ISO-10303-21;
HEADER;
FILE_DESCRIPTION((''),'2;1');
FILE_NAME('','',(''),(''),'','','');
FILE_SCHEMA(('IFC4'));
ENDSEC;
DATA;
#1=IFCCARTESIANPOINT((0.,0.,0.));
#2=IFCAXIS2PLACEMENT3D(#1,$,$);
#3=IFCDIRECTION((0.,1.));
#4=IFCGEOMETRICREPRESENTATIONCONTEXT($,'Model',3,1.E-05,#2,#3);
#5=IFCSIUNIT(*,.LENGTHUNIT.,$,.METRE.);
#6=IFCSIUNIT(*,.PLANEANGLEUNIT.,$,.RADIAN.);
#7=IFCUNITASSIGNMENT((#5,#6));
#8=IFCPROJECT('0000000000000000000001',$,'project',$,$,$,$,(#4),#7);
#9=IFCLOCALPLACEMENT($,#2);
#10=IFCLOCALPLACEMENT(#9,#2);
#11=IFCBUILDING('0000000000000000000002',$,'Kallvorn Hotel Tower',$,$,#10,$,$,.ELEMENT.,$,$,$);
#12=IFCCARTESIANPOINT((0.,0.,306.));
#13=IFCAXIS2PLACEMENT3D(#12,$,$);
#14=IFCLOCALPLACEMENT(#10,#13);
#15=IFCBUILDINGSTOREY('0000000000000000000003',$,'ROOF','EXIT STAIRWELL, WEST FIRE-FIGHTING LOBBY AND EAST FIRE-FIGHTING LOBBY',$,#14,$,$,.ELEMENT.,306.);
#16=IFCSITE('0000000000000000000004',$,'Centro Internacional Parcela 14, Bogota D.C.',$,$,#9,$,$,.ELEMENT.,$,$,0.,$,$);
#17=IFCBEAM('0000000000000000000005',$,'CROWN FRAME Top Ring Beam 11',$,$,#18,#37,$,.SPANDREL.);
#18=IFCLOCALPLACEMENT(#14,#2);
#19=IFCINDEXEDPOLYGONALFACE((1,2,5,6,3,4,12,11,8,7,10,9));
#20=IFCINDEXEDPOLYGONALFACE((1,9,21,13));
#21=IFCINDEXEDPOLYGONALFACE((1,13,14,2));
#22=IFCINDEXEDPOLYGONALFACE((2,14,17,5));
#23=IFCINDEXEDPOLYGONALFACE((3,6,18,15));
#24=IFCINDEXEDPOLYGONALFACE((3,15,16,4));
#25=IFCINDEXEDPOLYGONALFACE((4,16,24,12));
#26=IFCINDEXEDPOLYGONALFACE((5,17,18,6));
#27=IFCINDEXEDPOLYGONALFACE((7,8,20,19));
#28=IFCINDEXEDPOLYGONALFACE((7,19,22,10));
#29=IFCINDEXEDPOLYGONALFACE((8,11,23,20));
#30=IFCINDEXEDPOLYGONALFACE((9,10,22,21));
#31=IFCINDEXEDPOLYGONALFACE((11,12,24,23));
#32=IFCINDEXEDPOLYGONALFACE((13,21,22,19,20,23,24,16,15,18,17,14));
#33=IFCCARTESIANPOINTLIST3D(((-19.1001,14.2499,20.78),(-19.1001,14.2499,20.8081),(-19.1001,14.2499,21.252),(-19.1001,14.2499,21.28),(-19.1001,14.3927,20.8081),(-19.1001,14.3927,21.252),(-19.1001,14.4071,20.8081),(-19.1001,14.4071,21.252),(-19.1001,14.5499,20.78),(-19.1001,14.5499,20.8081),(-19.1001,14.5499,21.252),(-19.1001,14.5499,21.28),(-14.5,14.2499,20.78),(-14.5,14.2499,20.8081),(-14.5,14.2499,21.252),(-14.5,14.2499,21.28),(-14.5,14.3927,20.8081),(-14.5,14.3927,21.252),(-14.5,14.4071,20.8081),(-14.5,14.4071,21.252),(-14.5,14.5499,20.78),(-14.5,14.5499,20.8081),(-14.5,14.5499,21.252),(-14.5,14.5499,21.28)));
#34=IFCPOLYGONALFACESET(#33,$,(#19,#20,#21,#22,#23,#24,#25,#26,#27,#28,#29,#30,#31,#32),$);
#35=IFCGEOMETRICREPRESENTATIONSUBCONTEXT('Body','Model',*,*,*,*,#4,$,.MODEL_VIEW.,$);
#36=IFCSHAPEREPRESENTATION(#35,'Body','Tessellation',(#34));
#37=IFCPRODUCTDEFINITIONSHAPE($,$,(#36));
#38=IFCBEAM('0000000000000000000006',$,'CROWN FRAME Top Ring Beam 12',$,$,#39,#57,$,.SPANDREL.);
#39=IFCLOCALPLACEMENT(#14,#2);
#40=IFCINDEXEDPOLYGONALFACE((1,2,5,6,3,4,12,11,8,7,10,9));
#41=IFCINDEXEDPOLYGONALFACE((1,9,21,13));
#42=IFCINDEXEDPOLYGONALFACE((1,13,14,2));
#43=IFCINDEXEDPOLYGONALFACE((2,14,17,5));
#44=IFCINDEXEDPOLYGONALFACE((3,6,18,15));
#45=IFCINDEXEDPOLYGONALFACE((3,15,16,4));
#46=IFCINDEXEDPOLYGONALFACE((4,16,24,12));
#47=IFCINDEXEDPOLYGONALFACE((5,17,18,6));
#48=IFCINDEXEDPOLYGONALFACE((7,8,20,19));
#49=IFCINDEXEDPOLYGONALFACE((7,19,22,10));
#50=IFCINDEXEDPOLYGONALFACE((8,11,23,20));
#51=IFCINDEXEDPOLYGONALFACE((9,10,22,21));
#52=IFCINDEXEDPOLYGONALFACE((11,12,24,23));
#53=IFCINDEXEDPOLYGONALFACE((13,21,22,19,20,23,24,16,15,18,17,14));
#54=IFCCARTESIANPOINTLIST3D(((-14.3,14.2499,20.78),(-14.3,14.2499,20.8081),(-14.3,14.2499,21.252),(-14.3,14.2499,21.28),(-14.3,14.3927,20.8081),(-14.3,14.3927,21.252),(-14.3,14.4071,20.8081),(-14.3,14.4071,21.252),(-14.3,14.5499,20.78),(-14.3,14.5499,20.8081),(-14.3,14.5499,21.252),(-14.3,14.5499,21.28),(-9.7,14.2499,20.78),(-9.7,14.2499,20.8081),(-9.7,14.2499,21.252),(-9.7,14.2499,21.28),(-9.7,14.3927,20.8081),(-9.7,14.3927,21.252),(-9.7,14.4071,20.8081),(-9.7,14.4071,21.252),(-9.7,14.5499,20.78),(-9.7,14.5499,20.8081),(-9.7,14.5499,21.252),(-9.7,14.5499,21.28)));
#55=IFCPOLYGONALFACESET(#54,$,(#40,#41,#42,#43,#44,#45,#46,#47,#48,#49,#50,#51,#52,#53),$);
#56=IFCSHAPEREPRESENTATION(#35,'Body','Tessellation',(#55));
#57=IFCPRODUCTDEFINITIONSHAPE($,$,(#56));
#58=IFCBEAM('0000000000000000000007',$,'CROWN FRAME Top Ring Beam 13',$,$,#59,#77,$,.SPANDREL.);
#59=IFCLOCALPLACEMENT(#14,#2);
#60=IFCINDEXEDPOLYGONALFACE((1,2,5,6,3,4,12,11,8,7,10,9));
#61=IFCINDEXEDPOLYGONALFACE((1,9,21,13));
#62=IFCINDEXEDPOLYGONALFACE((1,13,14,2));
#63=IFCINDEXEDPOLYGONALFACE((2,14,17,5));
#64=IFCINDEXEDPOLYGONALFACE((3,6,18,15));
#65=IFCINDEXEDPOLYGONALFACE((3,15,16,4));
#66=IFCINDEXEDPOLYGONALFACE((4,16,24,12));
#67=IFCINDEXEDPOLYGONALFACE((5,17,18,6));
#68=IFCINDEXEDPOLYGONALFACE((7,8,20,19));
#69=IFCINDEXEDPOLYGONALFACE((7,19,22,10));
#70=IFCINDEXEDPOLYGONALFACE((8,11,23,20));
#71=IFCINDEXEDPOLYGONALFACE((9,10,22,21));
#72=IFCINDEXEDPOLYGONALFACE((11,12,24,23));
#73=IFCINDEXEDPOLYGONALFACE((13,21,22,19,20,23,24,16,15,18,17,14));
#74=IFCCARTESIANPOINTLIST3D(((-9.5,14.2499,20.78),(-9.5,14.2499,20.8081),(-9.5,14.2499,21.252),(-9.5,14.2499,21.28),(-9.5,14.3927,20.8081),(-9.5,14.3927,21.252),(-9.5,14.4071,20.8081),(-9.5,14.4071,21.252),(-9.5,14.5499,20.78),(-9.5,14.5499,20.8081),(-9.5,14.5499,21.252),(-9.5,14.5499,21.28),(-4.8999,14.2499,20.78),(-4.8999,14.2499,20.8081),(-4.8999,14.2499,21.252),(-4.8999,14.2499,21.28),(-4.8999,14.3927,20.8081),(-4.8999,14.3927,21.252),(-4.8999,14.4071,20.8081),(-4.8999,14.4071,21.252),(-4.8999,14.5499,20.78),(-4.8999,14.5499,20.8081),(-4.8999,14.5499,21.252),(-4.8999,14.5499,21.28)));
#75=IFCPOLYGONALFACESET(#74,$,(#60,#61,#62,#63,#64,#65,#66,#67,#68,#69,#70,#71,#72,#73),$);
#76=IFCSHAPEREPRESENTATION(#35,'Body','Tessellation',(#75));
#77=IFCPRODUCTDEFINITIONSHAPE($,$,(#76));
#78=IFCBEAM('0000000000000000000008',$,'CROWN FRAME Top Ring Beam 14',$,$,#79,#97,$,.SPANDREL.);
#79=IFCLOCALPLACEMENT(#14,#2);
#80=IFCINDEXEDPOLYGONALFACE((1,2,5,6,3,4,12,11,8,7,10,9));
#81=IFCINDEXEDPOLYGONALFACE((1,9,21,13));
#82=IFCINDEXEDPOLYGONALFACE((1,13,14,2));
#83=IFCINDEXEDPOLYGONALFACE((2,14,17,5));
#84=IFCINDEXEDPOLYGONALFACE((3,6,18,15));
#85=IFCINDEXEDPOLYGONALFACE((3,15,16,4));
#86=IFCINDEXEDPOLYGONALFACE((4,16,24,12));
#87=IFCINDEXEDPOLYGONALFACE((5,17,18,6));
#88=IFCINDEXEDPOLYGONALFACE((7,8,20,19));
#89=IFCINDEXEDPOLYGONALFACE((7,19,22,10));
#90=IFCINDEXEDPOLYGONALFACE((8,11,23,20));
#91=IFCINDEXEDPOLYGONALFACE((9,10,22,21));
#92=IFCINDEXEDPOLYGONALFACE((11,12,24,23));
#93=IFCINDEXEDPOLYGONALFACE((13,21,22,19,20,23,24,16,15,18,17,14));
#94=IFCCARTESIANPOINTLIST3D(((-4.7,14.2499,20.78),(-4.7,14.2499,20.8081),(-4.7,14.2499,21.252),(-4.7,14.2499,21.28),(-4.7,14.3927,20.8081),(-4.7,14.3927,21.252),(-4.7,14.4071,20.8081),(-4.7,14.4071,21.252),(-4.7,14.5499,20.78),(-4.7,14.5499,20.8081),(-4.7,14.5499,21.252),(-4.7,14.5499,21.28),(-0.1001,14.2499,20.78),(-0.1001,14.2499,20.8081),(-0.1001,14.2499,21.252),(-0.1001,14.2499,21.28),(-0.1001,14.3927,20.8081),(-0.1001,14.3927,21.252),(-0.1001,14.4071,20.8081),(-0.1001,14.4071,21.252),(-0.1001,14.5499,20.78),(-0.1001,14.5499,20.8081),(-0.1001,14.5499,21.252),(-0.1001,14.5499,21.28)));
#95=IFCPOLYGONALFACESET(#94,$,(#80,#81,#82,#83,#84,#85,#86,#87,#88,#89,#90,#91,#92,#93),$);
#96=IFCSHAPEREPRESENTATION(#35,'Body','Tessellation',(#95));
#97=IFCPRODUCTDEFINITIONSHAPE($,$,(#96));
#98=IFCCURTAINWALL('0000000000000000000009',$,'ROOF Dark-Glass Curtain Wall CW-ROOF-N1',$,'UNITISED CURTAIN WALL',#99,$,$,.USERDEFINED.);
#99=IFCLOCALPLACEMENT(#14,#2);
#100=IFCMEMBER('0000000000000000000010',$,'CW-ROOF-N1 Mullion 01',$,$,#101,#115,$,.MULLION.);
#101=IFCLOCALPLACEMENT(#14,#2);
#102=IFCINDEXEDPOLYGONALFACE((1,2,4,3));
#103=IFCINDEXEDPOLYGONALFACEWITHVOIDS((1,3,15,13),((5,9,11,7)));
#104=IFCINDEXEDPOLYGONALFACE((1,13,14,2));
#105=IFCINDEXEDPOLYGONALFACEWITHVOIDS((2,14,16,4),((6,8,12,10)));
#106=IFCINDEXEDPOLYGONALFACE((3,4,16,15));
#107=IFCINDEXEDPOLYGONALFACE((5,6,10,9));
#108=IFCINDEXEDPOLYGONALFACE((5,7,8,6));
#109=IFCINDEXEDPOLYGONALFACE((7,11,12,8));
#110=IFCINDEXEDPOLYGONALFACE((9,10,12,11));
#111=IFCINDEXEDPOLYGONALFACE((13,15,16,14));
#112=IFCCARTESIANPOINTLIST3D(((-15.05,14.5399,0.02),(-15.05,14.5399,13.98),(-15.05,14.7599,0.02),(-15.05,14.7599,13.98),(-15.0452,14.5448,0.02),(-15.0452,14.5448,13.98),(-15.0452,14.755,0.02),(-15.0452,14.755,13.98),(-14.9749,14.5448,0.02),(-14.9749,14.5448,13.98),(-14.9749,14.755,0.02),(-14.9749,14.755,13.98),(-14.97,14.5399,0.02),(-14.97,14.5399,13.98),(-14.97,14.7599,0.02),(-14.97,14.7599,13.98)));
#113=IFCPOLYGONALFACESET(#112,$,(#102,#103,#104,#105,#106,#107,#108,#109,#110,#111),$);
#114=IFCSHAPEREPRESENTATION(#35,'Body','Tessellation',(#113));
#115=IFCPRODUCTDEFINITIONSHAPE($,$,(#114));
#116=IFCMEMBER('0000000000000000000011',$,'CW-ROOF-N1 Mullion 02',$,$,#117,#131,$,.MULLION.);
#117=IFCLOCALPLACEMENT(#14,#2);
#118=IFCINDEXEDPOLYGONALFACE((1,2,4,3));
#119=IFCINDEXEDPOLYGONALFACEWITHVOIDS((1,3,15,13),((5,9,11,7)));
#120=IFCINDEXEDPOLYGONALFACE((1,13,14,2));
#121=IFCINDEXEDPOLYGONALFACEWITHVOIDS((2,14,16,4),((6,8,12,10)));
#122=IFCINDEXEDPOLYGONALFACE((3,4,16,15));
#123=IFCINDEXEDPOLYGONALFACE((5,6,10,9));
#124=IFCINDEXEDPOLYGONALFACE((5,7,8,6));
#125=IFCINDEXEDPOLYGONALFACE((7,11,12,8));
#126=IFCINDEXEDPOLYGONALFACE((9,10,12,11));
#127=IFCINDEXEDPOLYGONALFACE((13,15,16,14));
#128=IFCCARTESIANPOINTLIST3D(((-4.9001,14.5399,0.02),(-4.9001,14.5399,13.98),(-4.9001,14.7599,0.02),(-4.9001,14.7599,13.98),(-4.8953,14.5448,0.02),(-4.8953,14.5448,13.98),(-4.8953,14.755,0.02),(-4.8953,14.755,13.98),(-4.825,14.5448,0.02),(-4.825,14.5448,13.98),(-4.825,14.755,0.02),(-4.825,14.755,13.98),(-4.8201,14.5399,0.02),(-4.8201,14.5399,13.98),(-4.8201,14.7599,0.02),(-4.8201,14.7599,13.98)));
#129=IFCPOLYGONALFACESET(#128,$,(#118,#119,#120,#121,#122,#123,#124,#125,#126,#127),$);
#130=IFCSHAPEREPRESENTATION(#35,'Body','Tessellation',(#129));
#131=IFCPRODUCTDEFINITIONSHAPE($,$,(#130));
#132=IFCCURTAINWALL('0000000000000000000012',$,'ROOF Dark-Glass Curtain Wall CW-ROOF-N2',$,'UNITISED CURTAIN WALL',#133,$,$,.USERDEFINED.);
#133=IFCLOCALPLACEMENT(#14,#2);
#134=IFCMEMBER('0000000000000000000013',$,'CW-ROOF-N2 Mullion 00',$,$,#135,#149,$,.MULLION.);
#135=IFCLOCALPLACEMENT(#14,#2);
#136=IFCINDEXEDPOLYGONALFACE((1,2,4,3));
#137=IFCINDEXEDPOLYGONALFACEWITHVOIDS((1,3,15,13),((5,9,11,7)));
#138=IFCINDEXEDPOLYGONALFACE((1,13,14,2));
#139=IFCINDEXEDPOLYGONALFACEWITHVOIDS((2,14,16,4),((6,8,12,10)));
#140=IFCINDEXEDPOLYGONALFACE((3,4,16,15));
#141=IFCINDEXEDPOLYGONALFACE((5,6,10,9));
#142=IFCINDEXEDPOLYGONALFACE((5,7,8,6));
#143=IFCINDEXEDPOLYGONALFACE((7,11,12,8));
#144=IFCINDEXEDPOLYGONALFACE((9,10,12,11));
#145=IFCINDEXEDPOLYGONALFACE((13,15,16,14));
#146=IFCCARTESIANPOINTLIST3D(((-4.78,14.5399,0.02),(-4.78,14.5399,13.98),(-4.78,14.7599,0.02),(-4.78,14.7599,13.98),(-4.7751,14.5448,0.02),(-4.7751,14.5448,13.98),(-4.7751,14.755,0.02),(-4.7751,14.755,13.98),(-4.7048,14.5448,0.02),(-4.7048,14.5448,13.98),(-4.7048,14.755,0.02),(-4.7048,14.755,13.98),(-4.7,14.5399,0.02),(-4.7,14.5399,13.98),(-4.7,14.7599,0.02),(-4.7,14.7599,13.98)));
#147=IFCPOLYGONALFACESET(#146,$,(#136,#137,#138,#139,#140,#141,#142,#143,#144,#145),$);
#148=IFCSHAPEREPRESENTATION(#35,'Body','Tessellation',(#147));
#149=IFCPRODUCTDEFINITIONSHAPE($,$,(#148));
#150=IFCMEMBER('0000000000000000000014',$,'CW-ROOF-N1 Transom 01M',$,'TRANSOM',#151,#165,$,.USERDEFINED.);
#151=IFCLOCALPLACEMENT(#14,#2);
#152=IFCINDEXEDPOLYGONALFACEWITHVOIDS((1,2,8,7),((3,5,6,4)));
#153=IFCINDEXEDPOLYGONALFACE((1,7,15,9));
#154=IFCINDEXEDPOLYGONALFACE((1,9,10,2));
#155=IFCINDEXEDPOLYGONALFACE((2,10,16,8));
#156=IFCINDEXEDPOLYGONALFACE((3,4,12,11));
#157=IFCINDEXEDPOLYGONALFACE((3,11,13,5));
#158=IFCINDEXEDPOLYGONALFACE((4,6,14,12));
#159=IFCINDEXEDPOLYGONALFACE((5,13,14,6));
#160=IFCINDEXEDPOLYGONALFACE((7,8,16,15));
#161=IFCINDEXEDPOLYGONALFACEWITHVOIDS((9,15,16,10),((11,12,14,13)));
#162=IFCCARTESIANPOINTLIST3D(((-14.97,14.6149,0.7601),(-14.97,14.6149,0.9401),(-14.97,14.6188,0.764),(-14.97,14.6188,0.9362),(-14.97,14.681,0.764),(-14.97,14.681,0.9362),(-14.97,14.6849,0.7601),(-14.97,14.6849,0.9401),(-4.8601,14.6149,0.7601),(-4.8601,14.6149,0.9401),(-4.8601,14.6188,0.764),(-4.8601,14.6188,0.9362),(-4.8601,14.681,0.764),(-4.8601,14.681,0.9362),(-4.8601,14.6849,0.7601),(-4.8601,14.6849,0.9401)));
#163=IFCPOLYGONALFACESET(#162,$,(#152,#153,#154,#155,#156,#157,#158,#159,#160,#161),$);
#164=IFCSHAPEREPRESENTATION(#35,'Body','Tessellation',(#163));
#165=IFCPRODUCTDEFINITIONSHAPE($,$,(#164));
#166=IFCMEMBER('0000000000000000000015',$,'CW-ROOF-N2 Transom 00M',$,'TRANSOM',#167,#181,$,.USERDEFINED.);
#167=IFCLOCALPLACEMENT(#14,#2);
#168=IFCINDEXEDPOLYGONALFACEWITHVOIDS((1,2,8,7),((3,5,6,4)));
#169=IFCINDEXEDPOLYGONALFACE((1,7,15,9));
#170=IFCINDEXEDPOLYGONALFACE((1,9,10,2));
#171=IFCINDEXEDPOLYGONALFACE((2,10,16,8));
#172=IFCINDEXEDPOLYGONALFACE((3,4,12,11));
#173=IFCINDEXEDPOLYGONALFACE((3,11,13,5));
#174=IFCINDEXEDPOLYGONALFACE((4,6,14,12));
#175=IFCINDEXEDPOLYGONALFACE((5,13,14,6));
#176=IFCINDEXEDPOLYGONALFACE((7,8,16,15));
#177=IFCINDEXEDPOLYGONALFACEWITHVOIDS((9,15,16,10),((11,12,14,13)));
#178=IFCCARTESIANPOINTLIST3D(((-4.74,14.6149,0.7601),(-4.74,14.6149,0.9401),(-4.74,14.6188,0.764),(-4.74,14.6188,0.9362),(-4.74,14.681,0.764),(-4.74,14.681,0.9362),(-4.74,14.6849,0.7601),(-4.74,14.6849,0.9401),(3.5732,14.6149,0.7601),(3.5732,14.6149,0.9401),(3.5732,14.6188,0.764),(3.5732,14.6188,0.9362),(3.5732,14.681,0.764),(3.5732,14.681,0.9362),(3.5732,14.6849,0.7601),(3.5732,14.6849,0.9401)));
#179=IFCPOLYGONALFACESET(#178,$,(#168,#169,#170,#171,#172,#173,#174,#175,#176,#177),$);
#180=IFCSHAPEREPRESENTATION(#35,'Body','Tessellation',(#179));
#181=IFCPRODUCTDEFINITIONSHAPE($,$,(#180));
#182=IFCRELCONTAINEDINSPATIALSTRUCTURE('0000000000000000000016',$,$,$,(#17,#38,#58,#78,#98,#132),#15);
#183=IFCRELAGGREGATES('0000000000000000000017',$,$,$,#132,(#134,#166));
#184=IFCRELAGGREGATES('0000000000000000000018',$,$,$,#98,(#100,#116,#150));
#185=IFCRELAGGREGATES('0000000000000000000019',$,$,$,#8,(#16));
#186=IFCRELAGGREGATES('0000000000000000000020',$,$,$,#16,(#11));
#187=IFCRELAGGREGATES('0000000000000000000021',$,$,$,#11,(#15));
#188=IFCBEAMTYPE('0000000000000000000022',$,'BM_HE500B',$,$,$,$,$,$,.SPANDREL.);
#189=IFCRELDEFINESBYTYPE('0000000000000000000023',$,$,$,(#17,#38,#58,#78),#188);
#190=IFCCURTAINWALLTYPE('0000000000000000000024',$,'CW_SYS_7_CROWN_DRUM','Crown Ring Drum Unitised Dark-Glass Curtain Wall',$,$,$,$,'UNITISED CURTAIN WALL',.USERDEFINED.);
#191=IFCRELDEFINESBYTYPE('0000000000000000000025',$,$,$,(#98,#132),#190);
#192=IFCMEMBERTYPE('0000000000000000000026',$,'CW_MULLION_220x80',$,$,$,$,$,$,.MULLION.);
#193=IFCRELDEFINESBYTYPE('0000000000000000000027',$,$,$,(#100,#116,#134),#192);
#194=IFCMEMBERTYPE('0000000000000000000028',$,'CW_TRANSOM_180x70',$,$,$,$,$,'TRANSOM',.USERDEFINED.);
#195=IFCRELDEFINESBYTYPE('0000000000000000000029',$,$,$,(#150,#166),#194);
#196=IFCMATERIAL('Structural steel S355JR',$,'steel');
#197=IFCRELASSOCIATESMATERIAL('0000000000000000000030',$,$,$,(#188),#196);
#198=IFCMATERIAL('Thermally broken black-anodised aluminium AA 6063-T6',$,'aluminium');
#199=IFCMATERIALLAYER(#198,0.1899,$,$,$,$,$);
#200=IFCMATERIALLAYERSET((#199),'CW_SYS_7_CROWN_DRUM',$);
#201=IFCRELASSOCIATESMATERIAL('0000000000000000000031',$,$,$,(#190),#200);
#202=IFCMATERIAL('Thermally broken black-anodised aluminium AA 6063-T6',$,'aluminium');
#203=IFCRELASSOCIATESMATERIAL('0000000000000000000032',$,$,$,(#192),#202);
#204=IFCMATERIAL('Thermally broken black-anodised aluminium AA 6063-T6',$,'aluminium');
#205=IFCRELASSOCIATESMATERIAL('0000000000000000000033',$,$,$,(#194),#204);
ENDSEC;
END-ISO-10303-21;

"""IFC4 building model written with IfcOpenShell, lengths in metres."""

from ifc_helpers import new_model, si_unit, direction, frame, origin, origin_2d, place, context, subcontext, project, spatial, hollow_rectangle, i_section, extrude, material, layer, layer_set, material_profile, profile_set, type_object, element, aggregate, save


model = new_model("IFC4")

# Units and contexts
model_context = context("Model", 3, precision=1e-05, world=origin(), true_north=direction((0.0, 1.0)))
body_context = subcontext(model_context, "Body", "Model", "MODEL_VIEW")
ifc_project = project(units=[si_unit("LENGTHUNIT", "METRE"), si_unit("PLANEANGLEUNIT", "RADIAN")], contexts=[model_context])

# Site, building, storey
site_placement = place(None, origin())
site = spatial("IfcSite", under=ifc_project, at=site_placement, Name="Centro Internacional Parcela 14, Bogota D.C.", CompositionType="ELEMENT", RefElevation=0.0)
building_placement = place(site_placement, origin())
building = spatial("IfcBuilding", under=site, at=building_placement, Name="Kallvorn Hotel Tower", CompositionType="ELEMENT")
storey_placement = place(building_placement, frame((0.0, 0.0, 306.0)))
storey = spatial("IfcBuildingStorey", under=building, at=storey_placement, Name="ROOF", Description="EXIT STAIRWELL, WEST FIRE-FIGHTING LOBBY AND EAST FIRE-FIGHTING LOBBY", CompositionType="ELEMENT", Elevation=306.0)

# Beams
ifc_material_1 = material(Name="Structural steel S355JR", Category="steel")
ifc_material_profile_1 = material_profile(ifc_material_1, i_section(OverallWidth=0.3, OverallDepth=0.5, WebThickness=0.0144, FlangeThickness=0.0281, at=origin_2d()), Name="HE 500 B")
ifc_profile_set_1 = profile_set([ifc_material_profile_1], Name="Structural steel S355JR")
beam_type = type_object("IfcBeamType", Name="BM_HE500B", PredefinedType="SPANDREL", material=ifc_profile_set_1)
for number, where, z_axis, x_axis, name in (
    (1, (-19.1001, 14.3999, 21.03), (1.0, 0.0, 0.0), (0.0, 1.0, 0.0), "CROWN FRAME Top Ring Beam 11"),
    (2, (-14.3, 14.3999, 21.03), (1.0, 0.0, 0.0), (0.0, 1.0, 0.0), "CROWN FRAME Top Ring Beam 12"),
    (3, (-9.5, 14.3999, 21.03), (1.0, 0.0, 0.0), (0.0, 1.0, 0.0), "CROWN FRAME Top Ring Beam 13"),
):
    element("IfcBeam", number, at=place(storey_placement, frame(where, z_axis=z_axis, x_axis=x_axis)), inside=storey, type_object=beam_type, Name=name, PredefinedType="SPANDREL", context=body_context, shape_type="SweptSolid", body=[
        extrude(i_section(OverallWidth=0.3, OverallDepth=0.5, WebThickness=0.0144, FlangeThickness=0.0281, at=origin_2d()), origin(), (0.0, 0.0, 1.0), 4.6001),
    ])
beam_placement = place(storey_placement, frame((-4.7, 14.3999, 21.03), z_axis=(1.0, 0.0, 0.0), x_axis=(0.0, 1.0, 0.0)))
element("IfcBeam", 4, at=beam_placement, inside=storey, type_object=beam_type, Name="CROWN FRAME Top Ring Beam 14", PredefinedType="SPANDREL", context=body_context, shape_type="SweptSolid", body=[
    extrude(i_section(OverallWidth=0.3, OverallDepth=0.5, WebThickness=0.0144, FlangeThickness=0.0281, at=origin_2d()), origin(), (0.0, 0.0, 1.0), 4.5999),
])

# Curtain wall, members
ifc_material_2 = material(Name="Thermally broken black-anodised aluminium AA 6063-T6", Category="aluminium")
ifc_layer_1 = layer(ifc_material_2, 0.1899)
ifc_layer_set_1 = layer_set([ifc_layer_1], Name="CW_SYS_7_CROWN_DRUM")
curtain_wall_type = type_object("IfcCurtainWallType", Name="CW_SYS_7_CROWN_DRUM", Description="Crown Ring Drum Unitised Dark-Glass Curtain Wall", ElementType="UNITISED CURTAIN WALL", PredefinedType="USERDEFINED", material=ifc_layer_set_1)
curtain_wall_1_placement = place(storey_placement, origin())
curtain_wall_1 = element("IfcCurtainWall", 5, at=curtain_wall_1_placement, inside=storey, type_object=curtain_wall_type, Name="ROOF Dark-Glass Curtain Wall CW-ROOF-N1", ObjectType="UNITISED CURTAIN WALL", PredefinedType="USERDEFINED")
ifc_material_3 = material(Name="Thermally broken black-anodised aluminium AA 6063-T6", Category="aluminium")
ifc_material_profile_2 = material_profile(ifc_material_3, hollow_rectangle(XDim=0.0801, YDim=0.22, WallThickness=0.0049, at=origin_2d()), Name="MUL 220x80")
ifc_profile_set_2 = profile_set([ifc_material_profile_2], Name="Thermally broken black-anodised aluminium AA 6063-T6")
member_type_1 = type_object("IfcMemberType", Name="CW_MULLION_220x80", PredefinedType="MULLION", material=ifc_profile_set_2)
member_1_placement = place(storey_placement, frame((-15.01, 14.6499, 0.02), z_axis=(0.0, 0.0, 1.0), x_axis=(1.0, 0.0, 0.0)))
member_1 = element("IfcMember", 6, at=member_1_placement, type_object=member_type_1, Name="CW-ROOF-N1 Mullion 01", PredefinedType="MULLION", context=body_context, shape_type="SweptSolid", body=[
    extrude(hollow_rectangle(XDim=0.0801, YDim=0.22, WallThickness=0.0049, at=origin_2d()), origin(), (0.0, 0.0, 1.0), 13.96),
])
member_2_placement = place(storey_placement, frame((-4.8601, 14.6499, 0.02), z_axis=(0.0, 0.0, 1.0), x_axis=(1.0, 0.0, 0.0)))
member_2 = element("IfcMember", 7, at=member_2_placement, type_object=member_type_1, Name="CW-ROOF-N1 Mullion 02", PredefinedType="MULLION", context=body_context, shape_type="SweptSolid", body=[
    extrude(hollow_rectangle(XDim=0.0801, YDim=0.22, WallThickness=0.0049, at=origin_2d()), origin(), (0.0, 0.0, 1.0), 13.96),
])

# Curtain wall, member
curtain_wall_2_placement = place(storey_placement, origin())
curtain_wall_2 = element("IfcCurtainWall", 8, at=curtain_wall_2_placement, inside=storey, type_object=curtain_wall_type, Name="ROOF Dark-Glass Curtain Wall CW-ROOF-N2", ObjectType="UNITISED CURTAIN WALL", PredefinedType="USERDEFINED")
member_3_placement = place(storey_placement, frame((-4.74, 14.6499, 0.02), z_axis=(0.0, 0.0, 1.0), x_axis=(1.0, 0.0, 0.0)))
member_3 = element("IfcMember", 9, at=member_3_placement, type_object=member_type_1, Name="CW-ROOF-N2 Mullion 00", PredefinedType="MULLION", context=body_context, shape_type="SweptSolid", body=[
    extrude(hollow_rectangle(XDim=0.0801, YDim=0.22, WallThickness=0.0049, at=origin_2d()), origin(), (0.0, 0.0, 1.0), 13.96),
])

# Members
ifc_material_4 = material(Name="Thermally broken black-anodised aluminium AA 6063-T6", Category="aluminium")
ifc_material_profile_3 = material_profile(ifc_material_4, hollow_rectangle(XDim=0.0701, YDim=0.1799, WallThickness=0.0039, at=origin_2d()), Name="TRN 180x70")
ifc_profile_set_3 = profile_set([ifc_material_profile_3], Name="Thermally broken black-anodised aluminium AA 6063-T6")
member_type_2 = type_object("IfcMemberType", Name="CW_TRANSOM_180x70", ElementType="TRANSOM", PredefinedType="USERDEFINED", material=ifc_profile_set_3)
member_4_placement = place(storey_placement, frame((-14.97, 14.6499, 0.8501), z_axis=(1.0, 0.0, 0.0), x_axis=(0.0, 1.0, 0.0)))
member_4 = element("IfcMember", 10, at=member_4_placement, type_object=member_type_2, Name="CW-ROOF-N1 Transom 01M", ObjectType="TRANSOM", PredefinedType="USERDEFINED", context=body_context, shape_type="SweptSolid", body=[
    extrude(hollow_rectangle(XDim=0.0701, YDim=0.1799, WallThickness=0.0039, at=origin_2d()), origin(), (0.0, 0.0, 1.0), 10.1099),
])
member_5_placement = place(storey_placement, frame((-4.74, 14.6499, 0.8501), z_axis=(1.0, 0.0, 0.0), x_axis=(0.0, 1.0, 0.0)))
member_5 = element("IfcMember", 11, at=member_5_placement, type_object=member_type_2, Name="CW-ROOF-N2 Transom 00M", ObjectType="TRANSOM", PredefinedType="USERDEFINED", context=body_context, shape_type="SweptSolid", body=[
    extrude(hollow_rectangle(XDim=0.0701, YDim=0.1799, WallThickness=0.0039, at=origin_2d()), origin(), (0.0, 0.0, 1.0), 8.3132),
])
aggregate(curtain_wall_2, [member_3, member_5])

aggregate(curtain_wall_1, [member_1, member_2, member_4])

save(model, "model.ifc")
